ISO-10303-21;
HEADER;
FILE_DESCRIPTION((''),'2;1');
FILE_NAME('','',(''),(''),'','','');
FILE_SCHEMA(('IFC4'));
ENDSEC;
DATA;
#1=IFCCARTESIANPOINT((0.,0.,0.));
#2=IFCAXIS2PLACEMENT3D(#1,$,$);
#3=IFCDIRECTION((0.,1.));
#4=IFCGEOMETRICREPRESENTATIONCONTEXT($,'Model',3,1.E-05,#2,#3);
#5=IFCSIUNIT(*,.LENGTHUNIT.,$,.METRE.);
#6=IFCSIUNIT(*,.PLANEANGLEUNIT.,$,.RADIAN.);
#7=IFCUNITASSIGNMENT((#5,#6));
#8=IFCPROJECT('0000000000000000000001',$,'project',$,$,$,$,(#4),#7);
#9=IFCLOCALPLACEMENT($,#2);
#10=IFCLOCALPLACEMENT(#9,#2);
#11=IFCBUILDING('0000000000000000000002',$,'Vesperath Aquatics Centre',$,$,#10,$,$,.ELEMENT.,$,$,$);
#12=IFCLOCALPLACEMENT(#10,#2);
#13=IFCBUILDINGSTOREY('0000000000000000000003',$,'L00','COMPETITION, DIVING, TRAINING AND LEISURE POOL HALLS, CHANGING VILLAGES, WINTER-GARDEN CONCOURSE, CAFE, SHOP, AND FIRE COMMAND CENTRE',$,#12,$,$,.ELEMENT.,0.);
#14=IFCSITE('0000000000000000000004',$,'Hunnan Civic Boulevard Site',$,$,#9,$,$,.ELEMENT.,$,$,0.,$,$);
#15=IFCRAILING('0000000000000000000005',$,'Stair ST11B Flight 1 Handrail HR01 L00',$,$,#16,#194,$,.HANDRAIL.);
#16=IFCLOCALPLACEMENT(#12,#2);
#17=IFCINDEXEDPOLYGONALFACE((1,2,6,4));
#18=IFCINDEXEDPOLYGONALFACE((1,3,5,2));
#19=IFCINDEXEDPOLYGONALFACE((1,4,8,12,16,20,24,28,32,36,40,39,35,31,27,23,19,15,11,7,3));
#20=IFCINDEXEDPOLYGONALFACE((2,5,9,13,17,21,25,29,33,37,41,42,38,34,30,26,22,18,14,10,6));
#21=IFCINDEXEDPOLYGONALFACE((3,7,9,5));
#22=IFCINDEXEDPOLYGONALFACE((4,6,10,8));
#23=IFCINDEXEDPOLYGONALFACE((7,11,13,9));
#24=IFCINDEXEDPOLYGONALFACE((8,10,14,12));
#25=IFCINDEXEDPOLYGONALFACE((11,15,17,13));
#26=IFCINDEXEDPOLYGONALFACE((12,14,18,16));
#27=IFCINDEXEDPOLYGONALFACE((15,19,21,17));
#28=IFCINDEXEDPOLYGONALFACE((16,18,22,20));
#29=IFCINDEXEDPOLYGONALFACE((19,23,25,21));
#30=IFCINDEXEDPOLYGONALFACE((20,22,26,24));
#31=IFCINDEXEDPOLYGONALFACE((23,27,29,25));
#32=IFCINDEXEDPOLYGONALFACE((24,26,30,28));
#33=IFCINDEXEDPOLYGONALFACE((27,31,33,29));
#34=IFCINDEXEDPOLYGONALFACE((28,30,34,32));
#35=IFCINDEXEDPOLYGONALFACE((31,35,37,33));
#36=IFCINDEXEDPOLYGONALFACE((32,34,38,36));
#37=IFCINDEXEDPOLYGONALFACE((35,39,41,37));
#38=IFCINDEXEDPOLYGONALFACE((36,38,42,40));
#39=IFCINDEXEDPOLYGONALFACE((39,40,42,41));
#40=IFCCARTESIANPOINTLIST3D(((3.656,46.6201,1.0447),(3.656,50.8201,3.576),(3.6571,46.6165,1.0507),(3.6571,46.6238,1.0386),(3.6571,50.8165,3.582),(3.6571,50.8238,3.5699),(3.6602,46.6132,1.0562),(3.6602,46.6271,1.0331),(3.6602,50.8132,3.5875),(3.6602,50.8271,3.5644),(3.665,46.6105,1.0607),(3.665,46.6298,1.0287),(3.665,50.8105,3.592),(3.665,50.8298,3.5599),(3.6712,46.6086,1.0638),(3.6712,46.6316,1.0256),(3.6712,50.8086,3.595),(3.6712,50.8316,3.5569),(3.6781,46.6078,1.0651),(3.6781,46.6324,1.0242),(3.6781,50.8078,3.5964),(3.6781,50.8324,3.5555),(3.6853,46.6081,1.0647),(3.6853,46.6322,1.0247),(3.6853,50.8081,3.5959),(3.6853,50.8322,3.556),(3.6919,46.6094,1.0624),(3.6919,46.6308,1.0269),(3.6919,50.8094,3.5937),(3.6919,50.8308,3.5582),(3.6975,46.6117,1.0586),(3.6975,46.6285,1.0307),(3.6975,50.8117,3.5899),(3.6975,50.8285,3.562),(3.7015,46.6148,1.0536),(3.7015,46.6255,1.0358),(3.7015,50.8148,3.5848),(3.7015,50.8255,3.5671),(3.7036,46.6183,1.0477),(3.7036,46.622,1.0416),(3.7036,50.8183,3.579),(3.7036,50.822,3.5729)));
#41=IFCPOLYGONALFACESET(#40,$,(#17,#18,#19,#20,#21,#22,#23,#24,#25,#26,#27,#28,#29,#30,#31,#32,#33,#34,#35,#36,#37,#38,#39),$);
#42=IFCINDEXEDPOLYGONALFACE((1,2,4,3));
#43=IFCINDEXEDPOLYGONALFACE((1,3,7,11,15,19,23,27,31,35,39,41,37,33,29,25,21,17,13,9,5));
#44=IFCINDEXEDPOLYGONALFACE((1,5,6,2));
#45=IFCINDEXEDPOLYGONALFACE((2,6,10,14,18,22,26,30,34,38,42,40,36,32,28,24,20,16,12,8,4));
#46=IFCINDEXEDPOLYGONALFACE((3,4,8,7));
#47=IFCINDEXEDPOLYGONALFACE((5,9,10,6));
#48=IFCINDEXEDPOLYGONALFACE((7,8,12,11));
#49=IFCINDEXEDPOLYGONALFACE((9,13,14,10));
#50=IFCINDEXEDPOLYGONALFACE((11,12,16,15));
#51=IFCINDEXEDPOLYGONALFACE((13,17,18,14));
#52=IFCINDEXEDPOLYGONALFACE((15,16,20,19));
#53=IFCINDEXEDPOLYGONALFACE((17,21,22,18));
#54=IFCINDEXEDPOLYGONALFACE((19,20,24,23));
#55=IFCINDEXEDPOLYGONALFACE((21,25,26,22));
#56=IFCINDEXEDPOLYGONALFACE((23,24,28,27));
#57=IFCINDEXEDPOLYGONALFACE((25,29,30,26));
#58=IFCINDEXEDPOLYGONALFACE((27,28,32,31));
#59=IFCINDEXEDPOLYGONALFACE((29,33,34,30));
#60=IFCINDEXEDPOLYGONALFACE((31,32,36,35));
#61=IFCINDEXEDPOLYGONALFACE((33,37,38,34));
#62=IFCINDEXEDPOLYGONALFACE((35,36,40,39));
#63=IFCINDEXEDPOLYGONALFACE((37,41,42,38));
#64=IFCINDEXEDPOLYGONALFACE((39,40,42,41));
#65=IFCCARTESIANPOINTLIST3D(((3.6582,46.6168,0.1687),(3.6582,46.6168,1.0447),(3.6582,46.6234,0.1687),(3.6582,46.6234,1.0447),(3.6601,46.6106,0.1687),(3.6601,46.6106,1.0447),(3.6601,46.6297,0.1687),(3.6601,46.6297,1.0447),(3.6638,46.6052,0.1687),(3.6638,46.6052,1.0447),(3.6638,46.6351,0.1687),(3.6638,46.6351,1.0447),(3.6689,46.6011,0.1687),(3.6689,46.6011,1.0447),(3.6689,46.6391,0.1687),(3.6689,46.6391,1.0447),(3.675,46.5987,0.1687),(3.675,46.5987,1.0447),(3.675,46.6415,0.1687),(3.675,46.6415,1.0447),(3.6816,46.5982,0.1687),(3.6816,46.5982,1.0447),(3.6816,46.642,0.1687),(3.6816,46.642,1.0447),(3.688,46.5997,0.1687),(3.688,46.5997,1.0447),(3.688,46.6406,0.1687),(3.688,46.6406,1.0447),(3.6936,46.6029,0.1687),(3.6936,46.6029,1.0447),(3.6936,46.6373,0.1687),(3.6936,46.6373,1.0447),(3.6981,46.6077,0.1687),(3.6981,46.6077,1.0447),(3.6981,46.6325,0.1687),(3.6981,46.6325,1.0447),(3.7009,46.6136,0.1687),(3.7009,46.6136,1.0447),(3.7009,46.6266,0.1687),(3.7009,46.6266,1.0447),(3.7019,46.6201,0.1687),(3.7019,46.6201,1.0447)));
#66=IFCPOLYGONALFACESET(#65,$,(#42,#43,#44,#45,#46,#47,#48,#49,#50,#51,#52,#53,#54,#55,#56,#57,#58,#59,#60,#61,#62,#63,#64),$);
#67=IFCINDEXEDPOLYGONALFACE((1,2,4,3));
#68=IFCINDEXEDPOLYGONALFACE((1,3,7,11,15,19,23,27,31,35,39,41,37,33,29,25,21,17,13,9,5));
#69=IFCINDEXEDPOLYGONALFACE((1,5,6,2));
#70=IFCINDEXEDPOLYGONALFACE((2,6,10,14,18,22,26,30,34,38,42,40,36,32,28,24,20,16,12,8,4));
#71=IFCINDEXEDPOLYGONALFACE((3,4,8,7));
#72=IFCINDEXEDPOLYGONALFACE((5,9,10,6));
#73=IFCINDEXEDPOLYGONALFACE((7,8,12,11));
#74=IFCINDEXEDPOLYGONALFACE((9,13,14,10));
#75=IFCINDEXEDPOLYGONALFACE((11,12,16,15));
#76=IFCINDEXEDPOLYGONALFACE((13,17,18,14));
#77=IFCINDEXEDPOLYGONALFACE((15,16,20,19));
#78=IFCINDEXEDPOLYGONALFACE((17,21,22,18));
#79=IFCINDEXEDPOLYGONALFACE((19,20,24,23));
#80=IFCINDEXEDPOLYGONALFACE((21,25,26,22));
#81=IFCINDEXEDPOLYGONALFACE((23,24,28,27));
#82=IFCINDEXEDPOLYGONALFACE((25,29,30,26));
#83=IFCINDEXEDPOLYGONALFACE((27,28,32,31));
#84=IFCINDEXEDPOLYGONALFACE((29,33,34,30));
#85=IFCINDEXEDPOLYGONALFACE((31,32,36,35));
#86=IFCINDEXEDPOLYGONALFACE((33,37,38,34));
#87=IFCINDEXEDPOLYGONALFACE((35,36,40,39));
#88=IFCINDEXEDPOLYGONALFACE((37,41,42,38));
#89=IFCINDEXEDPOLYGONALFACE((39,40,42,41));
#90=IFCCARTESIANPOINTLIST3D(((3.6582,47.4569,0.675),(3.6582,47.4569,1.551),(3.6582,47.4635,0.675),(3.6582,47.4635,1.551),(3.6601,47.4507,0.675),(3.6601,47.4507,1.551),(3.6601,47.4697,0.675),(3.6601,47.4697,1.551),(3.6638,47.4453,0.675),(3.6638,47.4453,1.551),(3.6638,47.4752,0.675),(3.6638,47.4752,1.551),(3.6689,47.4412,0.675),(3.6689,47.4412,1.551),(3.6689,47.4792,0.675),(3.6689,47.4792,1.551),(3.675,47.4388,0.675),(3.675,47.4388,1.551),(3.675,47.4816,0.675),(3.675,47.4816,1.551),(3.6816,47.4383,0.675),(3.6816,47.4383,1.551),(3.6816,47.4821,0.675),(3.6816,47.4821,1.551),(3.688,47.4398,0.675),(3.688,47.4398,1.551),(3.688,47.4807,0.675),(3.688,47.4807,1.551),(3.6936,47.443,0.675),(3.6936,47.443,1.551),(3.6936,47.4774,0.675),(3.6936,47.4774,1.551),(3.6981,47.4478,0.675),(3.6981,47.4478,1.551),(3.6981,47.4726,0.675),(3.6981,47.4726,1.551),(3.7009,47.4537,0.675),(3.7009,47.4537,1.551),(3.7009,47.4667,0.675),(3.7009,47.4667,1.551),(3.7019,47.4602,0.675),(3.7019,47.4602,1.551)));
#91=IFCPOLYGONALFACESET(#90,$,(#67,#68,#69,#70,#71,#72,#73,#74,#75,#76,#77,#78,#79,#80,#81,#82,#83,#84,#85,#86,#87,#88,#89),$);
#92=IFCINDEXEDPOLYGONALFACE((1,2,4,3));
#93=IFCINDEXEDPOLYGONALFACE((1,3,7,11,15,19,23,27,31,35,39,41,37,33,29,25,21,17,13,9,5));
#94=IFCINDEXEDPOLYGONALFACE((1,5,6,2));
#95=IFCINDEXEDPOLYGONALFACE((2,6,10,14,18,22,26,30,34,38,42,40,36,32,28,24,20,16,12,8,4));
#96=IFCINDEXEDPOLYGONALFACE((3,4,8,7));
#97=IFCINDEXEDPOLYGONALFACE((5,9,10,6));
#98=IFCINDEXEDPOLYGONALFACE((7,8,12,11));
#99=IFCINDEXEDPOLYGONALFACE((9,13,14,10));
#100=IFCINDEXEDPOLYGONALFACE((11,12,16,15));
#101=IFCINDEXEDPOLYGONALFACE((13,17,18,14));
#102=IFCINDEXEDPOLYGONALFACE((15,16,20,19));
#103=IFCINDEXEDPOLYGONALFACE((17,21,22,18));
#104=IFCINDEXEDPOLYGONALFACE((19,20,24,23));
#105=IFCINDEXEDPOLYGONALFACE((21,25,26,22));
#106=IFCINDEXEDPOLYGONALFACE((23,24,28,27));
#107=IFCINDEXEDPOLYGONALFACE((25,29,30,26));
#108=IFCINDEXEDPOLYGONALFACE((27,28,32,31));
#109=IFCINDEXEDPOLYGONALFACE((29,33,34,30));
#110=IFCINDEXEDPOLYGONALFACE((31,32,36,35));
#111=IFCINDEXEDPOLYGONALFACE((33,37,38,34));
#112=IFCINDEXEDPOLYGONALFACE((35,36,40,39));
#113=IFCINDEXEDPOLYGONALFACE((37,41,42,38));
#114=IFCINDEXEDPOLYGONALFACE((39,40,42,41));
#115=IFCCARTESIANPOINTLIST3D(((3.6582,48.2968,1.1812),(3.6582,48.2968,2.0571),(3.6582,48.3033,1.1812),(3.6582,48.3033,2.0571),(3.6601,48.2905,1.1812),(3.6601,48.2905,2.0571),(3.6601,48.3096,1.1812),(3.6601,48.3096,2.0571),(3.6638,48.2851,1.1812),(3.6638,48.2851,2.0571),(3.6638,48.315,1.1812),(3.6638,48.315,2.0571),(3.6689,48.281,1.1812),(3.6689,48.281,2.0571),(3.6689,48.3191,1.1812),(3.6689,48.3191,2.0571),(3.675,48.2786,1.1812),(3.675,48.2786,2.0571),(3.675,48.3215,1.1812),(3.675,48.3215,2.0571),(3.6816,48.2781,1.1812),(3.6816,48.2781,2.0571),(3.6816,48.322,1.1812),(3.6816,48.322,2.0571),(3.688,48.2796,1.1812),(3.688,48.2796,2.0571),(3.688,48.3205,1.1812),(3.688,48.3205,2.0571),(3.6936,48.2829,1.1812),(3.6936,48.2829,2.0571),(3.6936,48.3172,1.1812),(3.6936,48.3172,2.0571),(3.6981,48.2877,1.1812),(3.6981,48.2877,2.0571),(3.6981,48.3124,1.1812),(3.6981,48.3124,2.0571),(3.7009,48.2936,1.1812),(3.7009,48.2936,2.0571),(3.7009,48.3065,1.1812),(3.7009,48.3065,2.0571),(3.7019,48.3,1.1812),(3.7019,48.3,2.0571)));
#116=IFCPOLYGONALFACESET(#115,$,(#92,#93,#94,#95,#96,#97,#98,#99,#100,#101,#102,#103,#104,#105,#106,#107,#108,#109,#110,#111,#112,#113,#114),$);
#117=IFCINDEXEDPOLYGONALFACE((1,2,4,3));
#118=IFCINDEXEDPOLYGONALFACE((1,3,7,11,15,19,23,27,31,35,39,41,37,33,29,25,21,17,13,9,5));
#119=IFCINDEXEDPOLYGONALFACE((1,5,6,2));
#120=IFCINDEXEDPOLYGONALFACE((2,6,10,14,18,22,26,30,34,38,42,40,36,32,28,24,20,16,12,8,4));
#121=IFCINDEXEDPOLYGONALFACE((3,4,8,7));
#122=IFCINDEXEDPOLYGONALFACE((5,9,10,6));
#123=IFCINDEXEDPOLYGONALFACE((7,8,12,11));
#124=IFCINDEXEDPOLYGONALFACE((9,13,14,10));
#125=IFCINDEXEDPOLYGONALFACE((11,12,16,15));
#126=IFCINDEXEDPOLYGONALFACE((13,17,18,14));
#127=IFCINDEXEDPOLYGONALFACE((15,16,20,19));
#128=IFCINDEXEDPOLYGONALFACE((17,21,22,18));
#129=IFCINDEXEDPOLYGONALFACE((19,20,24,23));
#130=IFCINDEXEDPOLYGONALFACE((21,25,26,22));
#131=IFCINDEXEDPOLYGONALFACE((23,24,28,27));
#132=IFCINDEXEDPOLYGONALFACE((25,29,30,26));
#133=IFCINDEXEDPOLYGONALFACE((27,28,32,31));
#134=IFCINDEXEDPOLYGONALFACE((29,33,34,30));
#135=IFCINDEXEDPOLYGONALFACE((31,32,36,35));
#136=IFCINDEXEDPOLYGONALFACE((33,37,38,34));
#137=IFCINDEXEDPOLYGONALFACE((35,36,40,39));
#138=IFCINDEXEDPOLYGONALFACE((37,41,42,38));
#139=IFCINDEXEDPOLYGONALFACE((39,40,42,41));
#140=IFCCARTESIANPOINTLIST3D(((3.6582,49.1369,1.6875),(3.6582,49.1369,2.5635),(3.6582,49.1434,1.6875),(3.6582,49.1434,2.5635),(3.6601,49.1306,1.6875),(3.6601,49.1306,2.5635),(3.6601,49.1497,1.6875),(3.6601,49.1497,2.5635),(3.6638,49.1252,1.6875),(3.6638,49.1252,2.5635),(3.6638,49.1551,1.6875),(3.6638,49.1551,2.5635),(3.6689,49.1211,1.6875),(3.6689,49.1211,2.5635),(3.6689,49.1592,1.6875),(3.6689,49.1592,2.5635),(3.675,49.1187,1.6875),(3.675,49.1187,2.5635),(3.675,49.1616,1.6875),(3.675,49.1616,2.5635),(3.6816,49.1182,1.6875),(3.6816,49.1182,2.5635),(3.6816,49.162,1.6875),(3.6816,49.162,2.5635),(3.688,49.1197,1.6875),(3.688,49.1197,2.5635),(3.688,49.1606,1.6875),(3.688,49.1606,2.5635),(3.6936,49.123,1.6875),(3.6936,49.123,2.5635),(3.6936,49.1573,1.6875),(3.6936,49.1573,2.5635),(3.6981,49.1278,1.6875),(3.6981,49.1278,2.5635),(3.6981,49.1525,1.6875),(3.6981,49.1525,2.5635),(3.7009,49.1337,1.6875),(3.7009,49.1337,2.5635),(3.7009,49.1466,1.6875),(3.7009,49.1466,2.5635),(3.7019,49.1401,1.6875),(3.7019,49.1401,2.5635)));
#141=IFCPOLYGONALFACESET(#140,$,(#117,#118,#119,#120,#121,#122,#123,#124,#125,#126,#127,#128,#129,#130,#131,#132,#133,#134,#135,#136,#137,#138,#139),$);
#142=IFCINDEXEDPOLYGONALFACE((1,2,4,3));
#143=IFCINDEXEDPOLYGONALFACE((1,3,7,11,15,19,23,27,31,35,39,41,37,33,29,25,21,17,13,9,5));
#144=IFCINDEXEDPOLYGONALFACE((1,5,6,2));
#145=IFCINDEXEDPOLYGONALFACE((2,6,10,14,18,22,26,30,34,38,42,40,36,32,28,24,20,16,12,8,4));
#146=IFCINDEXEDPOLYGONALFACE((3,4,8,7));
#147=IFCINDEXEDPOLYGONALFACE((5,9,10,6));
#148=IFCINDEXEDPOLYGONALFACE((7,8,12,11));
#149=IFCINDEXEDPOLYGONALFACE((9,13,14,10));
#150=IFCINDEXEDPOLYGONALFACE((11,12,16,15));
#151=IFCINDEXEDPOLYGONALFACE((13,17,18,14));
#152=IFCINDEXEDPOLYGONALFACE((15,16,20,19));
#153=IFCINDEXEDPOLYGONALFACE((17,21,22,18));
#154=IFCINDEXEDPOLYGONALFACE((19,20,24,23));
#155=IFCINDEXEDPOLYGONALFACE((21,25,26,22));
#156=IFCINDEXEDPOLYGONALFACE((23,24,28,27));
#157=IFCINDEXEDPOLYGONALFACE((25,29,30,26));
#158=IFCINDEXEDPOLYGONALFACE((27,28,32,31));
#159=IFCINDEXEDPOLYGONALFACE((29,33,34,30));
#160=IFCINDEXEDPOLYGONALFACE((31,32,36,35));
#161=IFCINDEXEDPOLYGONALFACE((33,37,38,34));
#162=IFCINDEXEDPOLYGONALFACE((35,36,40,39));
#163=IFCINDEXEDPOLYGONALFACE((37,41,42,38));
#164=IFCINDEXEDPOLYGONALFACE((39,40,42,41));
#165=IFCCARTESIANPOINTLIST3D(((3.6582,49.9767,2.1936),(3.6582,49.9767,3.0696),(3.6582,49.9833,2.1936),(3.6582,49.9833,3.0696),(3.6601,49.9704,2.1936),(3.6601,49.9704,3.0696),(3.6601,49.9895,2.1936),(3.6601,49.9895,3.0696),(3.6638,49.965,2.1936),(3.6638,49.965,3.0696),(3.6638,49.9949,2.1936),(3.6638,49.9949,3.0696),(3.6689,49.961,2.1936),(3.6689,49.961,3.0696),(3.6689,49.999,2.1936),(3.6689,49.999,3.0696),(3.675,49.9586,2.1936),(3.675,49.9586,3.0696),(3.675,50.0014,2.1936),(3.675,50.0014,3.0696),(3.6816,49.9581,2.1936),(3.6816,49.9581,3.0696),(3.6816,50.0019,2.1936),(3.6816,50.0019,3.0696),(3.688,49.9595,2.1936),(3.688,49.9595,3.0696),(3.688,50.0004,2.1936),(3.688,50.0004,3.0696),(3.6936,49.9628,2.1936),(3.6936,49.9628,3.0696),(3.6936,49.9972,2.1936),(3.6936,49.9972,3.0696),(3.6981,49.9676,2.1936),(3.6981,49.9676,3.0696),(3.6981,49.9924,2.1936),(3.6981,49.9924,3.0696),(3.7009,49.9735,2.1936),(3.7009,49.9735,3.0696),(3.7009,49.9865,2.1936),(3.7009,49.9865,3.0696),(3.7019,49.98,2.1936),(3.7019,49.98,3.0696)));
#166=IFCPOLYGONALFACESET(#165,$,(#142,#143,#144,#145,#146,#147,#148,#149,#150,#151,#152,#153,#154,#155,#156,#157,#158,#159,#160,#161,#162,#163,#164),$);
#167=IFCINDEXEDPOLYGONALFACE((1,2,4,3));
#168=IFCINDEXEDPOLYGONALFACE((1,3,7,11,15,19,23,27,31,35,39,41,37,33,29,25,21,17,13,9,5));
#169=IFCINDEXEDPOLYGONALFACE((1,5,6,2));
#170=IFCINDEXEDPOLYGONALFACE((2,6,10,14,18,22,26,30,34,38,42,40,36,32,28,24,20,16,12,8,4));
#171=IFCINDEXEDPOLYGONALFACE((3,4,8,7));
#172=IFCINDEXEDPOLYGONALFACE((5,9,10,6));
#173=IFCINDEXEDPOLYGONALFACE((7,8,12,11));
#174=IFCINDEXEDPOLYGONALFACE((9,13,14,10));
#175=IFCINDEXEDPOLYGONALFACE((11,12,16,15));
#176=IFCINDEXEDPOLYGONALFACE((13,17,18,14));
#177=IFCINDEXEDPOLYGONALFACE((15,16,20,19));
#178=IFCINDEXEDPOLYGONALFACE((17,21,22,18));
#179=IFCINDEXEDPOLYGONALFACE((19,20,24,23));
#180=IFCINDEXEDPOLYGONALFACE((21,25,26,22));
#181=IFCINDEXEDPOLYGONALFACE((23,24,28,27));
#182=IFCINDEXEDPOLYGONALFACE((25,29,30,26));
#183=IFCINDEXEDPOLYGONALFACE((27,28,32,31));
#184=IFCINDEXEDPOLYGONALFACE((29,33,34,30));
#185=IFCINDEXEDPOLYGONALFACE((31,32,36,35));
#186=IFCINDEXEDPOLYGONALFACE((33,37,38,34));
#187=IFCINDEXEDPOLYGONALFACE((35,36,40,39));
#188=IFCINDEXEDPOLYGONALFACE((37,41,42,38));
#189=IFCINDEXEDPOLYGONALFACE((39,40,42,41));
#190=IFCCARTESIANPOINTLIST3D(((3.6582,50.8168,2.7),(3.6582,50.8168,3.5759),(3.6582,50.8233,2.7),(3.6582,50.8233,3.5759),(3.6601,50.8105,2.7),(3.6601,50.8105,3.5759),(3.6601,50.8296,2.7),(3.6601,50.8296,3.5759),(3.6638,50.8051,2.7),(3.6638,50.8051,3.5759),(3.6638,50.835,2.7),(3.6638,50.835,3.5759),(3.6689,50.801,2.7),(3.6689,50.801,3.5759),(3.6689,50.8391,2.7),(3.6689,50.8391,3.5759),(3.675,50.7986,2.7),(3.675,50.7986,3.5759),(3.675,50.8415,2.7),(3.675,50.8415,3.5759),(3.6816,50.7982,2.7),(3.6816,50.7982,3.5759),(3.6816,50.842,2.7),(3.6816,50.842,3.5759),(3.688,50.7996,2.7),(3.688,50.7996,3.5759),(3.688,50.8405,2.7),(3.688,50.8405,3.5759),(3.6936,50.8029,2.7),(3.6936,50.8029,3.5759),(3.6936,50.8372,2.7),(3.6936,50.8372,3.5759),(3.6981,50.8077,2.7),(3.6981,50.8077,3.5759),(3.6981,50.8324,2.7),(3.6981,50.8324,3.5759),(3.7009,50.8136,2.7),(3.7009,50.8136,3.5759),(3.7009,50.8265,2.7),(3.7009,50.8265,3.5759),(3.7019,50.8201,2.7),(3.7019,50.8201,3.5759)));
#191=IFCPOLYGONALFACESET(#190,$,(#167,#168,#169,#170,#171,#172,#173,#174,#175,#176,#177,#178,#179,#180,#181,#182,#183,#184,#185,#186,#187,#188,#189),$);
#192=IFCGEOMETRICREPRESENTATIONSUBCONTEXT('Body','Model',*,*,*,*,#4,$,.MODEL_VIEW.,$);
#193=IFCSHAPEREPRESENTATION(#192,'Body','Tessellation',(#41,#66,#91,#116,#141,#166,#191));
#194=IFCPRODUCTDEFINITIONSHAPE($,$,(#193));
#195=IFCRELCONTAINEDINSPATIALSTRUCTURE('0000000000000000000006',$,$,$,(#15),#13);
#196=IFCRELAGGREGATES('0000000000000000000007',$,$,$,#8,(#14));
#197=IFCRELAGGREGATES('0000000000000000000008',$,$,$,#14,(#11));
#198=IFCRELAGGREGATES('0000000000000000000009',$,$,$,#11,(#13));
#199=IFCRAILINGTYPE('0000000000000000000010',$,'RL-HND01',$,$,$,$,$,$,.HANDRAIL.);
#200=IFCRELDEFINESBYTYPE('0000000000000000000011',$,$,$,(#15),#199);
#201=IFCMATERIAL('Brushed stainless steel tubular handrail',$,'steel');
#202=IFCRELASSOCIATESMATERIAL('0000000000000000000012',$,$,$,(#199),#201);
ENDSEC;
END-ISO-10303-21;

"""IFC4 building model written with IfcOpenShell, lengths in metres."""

from ifc_helpers import new_model, si_unit, direction, frame, origin, origin_2d, place, context, subcontext, project, spatial, circle, extrude, material, type_object, element, save


model = new_model("IFC4")

# Units and contexts
model_context = context("Model", 3, precision=1e-05, world=origin(), true_north=direction((0.0, 1.0)))
body_context = subcontext(model_context, "Body", "Model", "MODEL_VIEW")
ifc_project = project(units=[si_unit("LENGTHUNIT", "METRE"), si_unit("PLANEANGLEUNIT", "RADIAN")], contexts=[model_context])

# Site, building, storey
site_placement = place(None, origin())
site = spatial("IfcSite", under=ifc_project, at=site_placement, Name="Hunnan Civic Boulevard Site", CompositionType="ELEMENT", RefElevation=0.0)
building_placement = place(site_placement, origin())
building = spatial("IfcBuilding", under=site, at=building_placement, Name="Vesperath Aquatics Centre", CompositionType="ELEMENT")
storey_placement = place(building_placement, origin())
storey = spatial("IfcBuildingStorey", under=building, at=storey_placement, Name="L00", Description="COMPETITION, DIVING, TRAINING AND LEISURE POOL HALLS, CHANGING VILLAGES, WINTER-GARDEN CONCOURSE, CAFE, SHOP, AND FIRE COMMAND CENTRE", CompositionType="ELEMENT", Elevation=0.0)

# Railing
ifc_material_1 = material(Name="Brushed stainless steel tubular handrail", Category="steel")
railing_type_1 = type_object("IfcRailingType", Name="RL-HND01", PredefinedType="HANDRAIL", material=ifc_material_1)
railing_1_placement = place(storey_placement, frame((3.6799, 46.6201, 0.1687)))
element("IfcRailing", 1, at=railing_1_placement, inside=storey, type_object=railing_type_1, Name="Stair ST11B Flight 1 Handrail HR01 L00", PredefinedType="HANDRAIL", context=body_context, shape_type="SweptSolid", body=[
    extrude(circle(Radius=0.0239, at=origin_2d()), frame((0.0, 0.0, 0.876), z_axis=(0.0, 0.856476, 0.516186), x_axis=(-1.0, 0.0, 0.0)), (0.0, 0.0, 1.0), 4.9038),
    extrude(circle(Radius=0.022, at=origin_2d()), origin(), (0.0, 0.0, 1.0), 0.876),
    extrude(circle(Radius=0.022, at=origin_2d()), frame((0.0, 0.8401, 0.5063)), (0.0, 0.0, 1.0), 0.876),
    extrude(circle(Radius=0.022, at=origin_2d()), frame((0.0, 1.6799, 1.0125)), (0.0, 0.0, 1.0), 0.876),
    extrude(circle(Radius=0.022, at=origin_2d()), frame((0.0, 2.52, 1.5188)), (0.0, 0.0, 1.0), 0.876),
    extrude(circle(Radius=0.022, at=origin_2d()), frame((0.0, 3.3599, 2.0249)), (0.0, 0.0, 1.0), 0.876),
    extrude(circle(Radius=0.022, at=origin_2d()), frame((0.0, 4.2, 2.5312)), (0.0, 0.0, 1.0), 0.876),
])

save(model, "model.ifc")
